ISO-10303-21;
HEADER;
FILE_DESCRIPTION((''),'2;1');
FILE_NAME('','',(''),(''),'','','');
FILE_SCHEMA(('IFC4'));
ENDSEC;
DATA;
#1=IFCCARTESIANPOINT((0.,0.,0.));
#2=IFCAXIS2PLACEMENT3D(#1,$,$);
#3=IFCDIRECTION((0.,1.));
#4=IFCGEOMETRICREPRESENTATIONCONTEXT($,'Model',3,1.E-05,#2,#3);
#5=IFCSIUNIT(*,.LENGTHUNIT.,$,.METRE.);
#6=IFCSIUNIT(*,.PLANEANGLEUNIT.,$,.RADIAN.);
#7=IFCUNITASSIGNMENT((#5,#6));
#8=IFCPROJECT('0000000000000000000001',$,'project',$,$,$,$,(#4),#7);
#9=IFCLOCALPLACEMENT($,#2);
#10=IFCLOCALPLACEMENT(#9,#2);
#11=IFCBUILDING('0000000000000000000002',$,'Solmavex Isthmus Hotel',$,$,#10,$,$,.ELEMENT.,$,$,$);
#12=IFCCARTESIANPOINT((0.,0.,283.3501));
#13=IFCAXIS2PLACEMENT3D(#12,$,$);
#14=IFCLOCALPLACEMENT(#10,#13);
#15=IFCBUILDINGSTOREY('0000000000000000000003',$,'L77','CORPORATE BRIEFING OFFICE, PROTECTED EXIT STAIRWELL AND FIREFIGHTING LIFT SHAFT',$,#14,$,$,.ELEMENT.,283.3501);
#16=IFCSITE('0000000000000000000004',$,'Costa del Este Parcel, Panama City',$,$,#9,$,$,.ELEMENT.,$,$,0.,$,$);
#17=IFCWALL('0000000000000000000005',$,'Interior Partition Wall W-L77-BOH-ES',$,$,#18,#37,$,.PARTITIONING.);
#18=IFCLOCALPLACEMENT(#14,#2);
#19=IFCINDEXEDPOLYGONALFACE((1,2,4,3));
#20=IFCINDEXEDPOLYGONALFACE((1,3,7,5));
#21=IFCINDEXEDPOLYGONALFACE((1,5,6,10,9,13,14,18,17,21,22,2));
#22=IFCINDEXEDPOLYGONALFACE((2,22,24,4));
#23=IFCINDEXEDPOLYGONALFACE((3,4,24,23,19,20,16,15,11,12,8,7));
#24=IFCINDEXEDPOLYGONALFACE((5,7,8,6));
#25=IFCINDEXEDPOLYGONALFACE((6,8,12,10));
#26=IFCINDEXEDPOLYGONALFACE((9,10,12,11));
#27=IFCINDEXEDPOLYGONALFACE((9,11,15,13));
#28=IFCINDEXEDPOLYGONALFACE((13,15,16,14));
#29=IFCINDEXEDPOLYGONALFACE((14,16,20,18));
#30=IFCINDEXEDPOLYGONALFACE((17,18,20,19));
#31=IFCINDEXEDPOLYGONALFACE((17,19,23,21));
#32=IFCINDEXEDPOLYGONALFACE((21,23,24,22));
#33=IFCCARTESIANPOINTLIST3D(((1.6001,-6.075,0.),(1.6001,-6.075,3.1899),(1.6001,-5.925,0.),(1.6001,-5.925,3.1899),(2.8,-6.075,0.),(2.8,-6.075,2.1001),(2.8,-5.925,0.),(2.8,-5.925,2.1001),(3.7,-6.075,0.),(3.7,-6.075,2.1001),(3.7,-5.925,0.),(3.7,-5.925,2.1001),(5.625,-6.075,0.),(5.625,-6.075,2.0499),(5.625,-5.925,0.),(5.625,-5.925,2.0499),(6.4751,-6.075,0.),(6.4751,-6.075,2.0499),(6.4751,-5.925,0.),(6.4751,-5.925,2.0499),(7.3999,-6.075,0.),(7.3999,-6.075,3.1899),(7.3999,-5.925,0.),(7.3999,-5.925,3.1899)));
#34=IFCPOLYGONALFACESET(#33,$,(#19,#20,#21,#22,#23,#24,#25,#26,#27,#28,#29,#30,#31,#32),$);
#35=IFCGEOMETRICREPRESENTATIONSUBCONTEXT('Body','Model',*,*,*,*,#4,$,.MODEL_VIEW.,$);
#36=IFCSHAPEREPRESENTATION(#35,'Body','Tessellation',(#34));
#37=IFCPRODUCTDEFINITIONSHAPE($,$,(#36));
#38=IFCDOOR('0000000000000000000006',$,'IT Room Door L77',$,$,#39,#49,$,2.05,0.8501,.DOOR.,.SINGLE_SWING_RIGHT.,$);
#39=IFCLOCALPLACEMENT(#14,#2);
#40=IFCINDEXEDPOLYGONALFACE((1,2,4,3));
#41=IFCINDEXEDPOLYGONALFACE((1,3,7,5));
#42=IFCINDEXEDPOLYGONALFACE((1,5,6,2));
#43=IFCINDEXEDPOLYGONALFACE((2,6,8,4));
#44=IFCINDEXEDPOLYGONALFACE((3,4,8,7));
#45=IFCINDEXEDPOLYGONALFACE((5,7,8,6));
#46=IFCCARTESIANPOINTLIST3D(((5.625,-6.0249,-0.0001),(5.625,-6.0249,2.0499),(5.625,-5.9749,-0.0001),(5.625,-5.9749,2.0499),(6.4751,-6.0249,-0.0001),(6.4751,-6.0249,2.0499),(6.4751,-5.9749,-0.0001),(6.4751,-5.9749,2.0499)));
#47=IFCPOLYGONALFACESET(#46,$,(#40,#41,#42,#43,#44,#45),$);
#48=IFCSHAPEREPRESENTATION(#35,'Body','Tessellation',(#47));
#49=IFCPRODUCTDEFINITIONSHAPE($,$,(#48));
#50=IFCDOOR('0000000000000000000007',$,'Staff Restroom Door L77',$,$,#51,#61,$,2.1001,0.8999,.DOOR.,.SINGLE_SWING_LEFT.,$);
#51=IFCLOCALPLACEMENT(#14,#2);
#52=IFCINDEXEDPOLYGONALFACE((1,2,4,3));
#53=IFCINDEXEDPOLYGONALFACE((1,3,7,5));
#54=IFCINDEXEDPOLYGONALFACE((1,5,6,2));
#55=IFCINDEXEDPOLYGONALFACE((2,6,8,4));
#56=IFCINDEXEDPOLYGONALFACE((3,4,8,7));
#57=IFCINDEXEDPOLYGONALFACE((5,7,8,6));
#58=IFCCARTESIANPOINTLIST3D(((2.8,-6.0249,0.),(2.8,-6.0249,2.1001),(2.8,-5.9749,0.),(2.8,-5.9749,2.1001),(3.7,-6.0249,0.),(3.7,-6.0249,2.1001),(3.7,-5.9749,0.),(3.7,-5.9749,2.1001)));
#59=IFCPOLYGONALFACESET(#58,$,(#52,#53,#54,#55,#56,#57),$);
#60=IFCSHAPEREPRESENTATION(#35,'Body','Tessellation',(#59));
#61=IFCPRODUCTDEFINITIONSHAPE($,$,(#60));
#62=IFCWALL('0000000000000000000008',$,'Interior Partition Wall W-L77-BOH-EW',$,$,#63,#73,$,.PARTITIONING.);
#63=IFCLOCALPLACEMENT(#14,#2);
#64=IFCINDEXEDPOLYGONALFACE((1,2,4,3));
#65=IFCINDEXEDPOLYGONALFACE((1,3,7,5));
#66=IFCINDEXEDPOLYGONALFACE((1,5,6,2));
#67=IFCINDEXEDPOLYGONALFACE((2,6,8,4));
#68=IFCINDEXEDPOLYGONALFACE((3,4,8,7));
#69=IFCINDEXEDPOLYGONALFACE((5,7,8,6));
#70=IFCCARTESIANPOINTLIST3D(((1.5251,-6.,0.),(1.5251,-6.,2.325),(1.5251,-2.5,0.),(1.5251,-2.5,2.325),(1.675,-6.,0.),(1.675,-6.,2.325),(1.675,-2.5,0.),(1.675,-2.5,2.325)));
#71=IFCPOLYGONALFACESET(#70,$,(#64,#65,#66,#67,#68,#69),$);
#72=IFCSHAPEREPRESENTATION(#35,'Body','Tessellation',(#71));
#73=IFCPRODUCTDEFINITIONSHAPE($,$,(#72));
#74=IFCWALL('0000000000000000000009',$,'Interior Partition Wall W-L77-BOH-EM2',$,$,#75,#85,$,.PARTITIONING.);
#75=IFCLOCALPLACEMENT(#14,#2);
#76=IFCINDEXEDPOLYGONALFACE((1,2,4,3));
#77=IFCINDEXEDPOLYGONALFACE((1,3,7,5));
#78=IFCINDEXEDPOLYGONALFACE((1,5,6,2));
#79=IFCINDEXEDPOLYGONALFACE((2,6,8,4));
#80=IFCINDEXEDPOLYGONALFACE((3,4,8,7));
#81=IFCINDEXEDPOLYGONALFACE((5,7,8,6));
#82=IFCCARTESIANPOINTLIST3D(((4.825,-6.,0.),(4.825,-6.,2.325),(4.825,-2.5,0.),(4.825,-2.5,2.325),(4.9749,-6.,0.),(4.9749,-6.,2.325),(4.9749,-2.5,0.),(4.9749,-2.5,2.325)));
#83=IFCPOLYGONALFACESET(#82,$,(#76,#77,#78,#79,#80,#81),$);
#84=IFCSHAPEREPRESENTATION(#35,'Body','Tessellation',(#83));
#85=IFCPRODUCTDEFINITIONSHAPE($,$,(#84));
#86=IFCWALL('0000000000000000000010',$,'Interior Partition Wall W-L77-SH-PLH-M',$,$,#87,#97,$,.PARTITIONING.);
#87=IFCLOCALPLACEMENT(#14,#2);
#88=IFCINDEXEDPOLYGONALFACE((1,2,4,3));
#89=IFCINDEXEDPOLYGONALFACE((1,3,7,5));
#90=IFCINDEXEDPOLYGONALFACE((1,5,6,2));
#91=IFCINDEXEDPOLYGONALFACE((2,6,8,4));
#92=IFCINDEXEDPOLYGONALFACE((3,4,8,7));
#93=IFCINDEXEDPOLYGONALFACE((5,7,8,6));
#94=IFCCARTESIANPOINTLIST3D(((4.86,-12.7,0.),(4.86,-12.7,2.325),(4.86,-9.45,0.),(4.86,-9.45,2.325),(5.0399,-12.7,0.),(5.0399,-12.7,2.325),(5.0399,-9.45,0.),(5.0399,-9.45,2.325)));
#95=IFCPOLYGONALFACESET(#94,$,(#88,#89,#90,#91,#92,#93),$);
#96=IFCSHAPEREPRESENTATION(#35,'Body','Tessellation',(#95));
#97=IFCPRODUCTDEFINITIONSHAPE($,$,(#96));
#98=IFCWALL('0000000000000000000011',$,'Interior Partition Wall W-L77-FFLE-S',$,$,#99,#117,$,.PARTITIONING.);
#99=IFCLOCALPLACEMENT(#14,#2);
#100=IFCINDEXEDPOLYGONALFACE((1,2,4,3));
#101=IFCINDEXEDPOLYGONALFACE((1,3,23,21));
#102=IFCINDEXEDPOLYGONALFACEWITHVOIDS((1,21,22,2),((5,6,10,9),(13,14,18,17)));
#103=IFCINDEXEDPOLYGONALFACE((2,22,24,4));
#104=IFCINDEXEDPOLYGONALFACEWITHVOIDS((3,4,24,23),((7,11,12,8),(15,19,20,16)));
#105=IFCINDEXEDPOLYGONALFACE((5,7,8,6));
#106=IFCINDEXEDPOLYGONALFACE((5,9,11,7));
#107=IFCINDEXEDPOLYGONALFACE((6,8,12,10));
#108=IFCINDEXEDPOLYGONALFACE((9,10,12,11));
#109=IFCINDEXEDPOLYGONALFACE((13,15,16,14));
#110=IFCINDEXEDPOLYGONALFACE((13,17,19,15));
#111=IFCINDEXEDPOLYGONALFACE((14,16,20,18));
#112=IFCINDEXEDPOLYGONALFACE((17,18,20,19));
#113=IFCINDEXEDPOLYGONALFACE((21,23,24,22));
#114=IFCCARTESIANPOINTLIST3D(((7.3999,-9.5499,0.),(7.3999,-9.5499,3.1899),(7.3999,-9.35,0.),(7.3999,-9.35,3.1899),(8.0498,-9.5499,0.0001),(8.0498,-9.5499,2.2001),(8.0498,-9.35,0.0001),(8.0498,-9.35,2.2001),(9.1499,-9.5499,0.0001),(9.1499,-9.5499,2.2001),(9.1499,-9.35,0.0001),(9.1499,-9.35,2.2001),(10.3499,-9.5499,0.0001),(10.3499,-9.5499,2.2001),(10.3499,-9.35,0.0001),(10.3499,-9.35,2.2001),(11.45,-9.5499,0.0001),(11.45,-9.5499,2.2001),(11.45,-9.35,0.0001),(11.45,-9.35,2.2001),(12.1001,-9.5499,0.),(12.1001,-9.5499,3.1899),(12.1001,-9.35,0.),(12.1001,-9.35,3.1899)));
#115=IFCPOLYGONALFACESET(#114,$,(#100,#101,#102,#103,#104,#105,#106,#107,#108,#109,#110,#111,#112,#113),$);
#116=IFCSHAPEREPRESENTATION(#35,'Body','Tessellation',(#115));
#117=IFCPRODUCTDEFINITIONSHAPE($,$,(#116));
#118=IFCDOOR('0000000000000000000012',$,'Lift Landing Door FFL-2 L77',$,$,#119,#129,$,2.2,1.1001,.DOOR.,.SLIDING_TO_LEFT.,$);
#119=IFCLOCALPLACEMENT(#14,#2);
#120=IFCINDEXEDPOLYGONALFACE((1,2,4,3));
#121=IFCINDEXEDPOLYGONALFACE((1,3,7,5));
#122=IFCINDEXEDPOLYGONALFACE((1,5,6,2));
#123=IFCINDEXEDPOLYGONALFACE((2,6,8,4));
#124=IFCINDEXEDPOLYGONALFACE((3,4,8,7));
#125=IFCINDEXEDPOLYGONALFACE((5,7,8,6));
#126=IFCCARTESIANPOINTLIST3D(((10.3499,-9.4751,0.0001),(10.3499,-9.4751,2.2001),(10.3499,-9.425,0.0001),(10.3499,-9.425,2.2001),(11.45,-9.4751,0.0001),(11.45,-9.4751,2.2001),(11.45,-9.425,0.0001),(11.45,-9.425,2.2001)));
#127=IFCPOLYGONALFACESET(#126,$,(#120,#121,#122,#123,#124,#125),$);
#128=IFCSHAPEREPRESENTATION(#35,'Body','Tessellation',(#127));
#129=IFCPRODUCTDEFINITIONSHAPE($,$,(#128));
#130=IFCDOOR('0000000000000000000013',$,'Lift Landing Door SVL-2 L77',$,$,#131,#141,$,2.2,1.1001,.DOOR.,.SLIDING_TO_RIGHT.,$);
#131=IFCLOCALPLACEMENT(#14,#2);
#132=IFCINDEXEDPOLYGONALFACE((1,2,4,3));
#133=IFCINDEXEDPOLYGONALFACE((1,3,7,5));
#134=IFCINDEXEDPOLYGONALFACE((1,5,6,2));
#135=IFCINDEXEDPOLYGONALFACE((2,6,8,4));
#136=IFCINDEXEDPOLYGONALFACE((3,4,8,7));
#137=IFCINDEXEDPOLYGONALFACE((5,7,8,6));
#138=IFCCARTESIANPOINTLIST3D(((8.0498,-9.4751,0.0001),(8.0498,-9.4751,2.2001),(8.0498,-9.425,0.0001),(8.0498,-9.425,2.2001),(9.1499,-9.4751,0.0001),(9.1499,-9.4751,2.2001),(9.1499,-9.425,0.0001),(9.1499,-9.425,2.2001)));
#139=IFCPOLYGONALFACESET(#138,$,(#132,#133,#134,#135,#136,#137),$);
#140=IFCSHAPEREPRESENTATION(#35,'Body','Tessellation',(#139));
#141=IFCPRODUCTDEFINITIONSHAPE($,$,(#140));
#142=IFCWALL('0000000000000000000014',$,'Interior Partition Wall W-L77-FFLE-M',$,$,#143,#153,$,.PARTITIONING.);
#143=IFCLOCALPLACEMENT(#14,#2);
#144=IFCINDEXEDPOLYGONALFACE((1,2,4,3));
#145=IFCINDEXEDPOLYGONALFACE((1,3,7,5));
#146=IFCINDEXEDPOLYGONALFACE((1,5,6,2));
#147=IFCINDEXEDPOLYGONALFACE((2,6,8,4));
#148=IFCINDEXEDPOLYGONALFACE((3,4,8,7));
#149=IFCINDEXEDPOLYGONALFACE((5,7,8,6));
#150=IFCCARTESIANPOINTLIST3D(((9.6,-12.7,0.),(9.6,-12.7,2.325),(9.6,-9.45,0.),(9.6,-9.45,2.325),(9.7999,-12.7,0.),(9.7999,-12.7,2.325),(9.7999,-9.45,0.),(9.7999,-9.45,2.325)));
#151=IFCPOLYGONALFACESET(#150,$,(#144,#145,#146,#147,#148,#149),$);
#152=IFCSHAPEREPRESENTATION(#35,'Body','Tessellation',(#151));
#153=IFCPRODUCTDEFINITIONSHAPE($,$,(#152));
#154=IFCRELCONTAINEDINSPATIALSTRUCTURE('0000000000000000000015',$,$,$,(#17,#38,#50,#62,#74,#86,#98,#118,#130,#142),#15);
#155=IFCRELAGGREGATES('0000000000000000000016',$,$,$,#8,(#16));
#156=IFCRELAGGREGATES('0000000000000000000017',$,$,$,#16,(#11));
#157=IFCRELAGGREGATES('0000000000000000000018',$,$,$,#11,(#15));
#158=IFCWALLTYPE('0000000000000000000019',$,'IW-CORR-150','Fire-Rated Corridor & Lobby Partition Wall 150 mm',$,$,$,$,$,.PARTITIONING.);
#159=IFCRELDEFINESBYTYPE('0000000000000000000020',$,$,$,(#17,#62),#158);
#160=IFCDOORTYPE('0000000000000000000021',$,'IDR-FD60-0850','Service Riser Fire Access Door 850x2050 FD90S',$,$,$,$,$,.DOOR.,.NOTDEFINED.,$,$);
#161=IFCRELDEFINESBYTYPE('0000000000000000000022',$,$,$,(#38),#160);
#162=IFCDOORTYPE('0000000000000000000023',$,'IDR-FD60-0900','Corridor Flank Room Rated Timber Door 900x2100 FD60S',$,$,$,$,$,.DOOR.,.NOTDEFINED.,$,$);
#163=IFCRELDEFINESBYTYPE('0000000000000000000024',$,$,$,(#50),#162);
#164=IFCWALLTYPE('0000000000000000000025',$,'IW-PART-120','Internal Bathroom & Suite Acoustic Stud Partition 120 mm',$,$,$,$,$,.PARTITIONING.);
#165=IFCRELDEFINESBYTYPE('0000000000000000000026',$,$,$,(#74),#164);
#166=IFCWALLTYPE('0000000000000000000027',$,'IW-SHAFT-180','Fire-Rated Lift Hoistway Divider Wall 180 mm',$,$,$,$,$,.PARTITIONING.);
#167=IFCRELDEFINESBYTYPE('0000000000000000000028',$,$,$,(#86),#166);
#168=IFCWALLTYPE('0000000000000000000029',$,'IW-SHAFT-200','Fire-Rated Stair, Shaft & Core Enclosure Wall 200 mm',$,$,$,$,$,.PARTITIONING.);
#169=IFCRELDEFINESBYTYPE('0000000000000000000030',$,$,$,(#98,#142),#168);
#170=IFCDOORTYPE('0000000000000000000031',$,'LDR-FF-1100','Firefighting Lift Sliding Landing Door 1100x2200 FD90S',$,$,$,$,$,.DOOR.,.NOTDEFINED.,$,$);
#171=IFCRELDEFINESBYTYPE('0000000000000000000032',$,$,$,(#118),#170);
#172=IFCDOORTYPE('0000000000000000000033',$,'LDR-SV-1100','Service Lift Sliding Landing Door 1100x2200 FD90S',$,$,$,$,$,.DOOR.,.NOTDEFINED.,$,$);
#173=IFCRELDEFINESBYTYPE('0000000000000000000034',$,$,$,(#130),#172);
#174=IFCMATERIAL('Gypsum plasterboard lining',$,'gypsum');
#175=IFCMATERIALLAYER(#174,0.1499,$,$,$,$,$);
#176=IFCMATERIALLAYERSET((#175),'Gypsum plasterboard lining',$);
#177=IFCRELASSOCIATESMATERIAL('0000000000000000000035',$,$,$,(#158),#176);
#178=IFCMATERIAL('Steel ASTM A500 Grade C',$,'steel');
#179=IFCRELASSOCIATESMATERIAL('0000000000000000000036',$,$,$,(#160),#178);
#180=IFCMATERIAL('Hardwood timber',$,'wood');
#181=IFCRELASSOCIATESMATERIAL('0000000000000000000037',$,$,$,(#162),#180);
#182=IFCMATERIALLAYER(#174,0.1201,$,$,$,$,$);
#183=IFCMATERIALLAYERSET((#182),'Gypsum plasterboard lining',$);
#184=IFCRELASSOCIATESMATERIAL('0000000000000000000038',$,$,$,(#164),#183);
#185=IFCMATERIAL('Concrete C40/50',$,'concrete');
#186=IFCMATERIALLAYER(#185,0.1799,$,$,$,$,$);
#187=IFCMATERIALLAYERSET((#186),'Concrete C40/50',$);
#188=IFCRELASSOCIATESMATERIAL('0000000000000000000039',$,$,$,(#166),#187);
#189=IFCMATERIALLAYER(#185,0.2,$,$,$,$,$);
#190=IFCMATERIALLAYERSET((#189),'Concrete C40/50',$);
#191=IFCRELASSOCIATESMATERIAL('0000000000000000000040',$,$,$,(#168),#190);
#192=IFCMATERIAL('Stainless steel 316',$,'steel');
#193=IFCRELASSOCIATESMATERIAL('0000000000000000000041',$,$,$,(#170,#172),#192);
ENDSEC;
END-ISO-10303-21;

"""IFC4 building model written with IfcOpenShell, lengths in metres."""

from ifc_helpers import new_model, si_unit, direction, frame, frame_2d, origin, place, context, subcontext, project, spatial, rectangle, extrude, material, layer, layer_set, type_object, element, fill, save


model = new_model("IFC4")

# Units and contexts
model_context = context("Model", 3, precision=1e-05, world=origin(), true_north=direction((0.0, 1.0)))
body_context = subcontext(model_context, "Body", "Model", "MODEL_VIEW")
ifc_project = project(units=[si_unit("LENGTHUNIT", "METRE"), si_unit("PLANEANGLEUNIT", "RADIAN")], contexts=[model_context])

# Site, building, storey
site_placement = place(None, origin())
site = spatial("IfcSite", under=ifc_project, at=site_placement, Name="Costa del Este Parcel, Panama City", CompositionType="ELEMENT", RefElevation=0.0)
building_placement = place(site_placement, origin())
building = spatial("IfcBuilding", under=site, at=building_placement, Name="Solmavex Isthmus Hotel", CompositionType="ELEMENT")
storey_placement = place(building_placement, frame((0.0, 0.0, 283.3501)))
storey = spatial("IfcBuildingStorey", under=building, at=storey_placement, Name="L77", Description="CORPORATE BRIEFING OFFICE, PROTECTED EXIT STAIRWELL AND FIREFIGHTING LIFT SHAFT", CompositionType="ELEMENT", Elevation=283.3501)

# Shared definitions
ifc_material_1 = material(Name="Concrete C40/50", Category="concrete")

# Shared definitions
ifc_material_2 = material(Name="Gypsum plasterboard lining", Category="gypsum")

# Wall, openings, doors
ifc_layer_1 = layer(ifc_material_2, 0.1499)
ifc_layer_set_1 = layer_set([ifc_layer_1], Name="Gypsum plasterboard lining")
wall_type_1 = type_object("IfcWallType", Name="IW-CORR-150", Description="Fire-Rated Corridor & Lobby Partition Wall 150 mm", PredefinedType="PARTITIONING", material=ifc_layer_set_1)
wall_1_placement = place(storey_placement, frame((1.6001, -6.0, 0.0), z_axis=(0.0, 0.0, 1.0), x_axis=(1.0, 0.0, 0.0)))
wall_1 = element("IfcWall", 1, at=wall_1_placement, inside=storey, type_object=wall_type_1, Name="Interior Partition Wall W-L77-BOH-ES", PredefinedType="PARTITIONING", context=body_context, shape_type="SweptSolid", body=[
    extrude(rectangle(XDim=5.7998, YDim=0.1499, at=frame_2d((2.8999, 0.0))), origin(), (0.0, 0.0, 1.0), 3.1899),
])
opening_1_placement = place(wall_1_placement, frame((1.2, 0.0, 0.0)))
opening_1 = element("IfcOpeningElement", 2, at=opening_1_placement, cuts=wall_1, PredefinedType="OPENING", context=body_context, shape_type="SweptSolid", body=[
    extrude(rectangle(XDim=0.8999, YDim=2.1001, at=frame_2d((0.45, 1.05))), frame((0.0, 0.085, 0.0), z_axis=(0.0, -1.0, 0.0), x_axis=(1.0, 0.0, 0.0)), (0.0, 0.0, 1.0), 0.1699),
])
opening_2_placement = place(wall_1_placement, frame((4.0249, 0.0, 0.0)))
opening_2 = element("IfcOpeningElement", 3, at=opening_2_placement, cuts=wall_1, PredefinedType="OPENING", context=body_context, shape_type="SweptSolid", body=[
    extrude(rectangle(XDim=0.8501, YDim=2.05, at=frame_2d((0.425, 1.0249))), frame((0.0, 0.085, 0.0), z_axis=(0.0, -1.0, 0.0), x_axis=(1.0, 0.0, 0.0)), (0.0, 0.0, 1.0), 0.1699),
])
ifc_material_3 = material(Name="Steel ASTM A500 Grade C", Category="steel")
door_type_1 = type_object("IfcDoorType", Name="IDR-FD60-0850", Description="Service Riser Fire Access Door 850x2050 FD90S", OperationType="NOTDEFINED", PredefinedType="DOOR", material=ifc_material_3)
door_1_placement = place(opening_2_placement, frame((0.8501, 0.0, 0.0), z_axis=(0.0, 0.0, 1.0), x_axis=(-1.0, 0.0, 0.0)))
door_1 = element("IfcDoor", 4, at=door_1_placement, inside=storey, type_object=door_type_1, Name="IT Room Door L77", OperationType="SINGLE_SWING_RIGHT", OverallHeight=2.05, OverallWidth=0.8501, PredefinedType="DOOR", context=body_context, shape_type="SweptSolid", body=[
    extrude(rectangle(XDim=0.8501, YDim=2.05, at=frame_2d((0.425, 1.0249))), frame((0.0, 0.0249, 0.0), z_axis=(0.0, -1.0, 0.0), x_axis=(1.0, 0.0, 0.0)), (0.0, 0.0, 1.0), 0.05),
])
fill(opening_2, door_1)
ifc_material_4 = material(Name="Hardwood timber", Category="wood")
door_type_2 = type_object("IfcDoorType", Name="IDR-FD60-0900", Description="Corridor Flank Room Rated Timber Door 900x2100 FD60S", OperationType="NOTDEFINED", PredefinedType="DOOR", material=ifc_material_4)
door_2_placement = place(opening_1_placement, frame((0.8999, 0.0, 0.0), z_axis=(0.0, 0.0, 1.0), x_axis=(-1.0, 0.0, 0.0)))
door_2 = element("IfcDoor", 5, at=door_2_placement, inside=storey, type_object=door_type_2, Name="Staff Restroom Door L77", OperationType="SINGLE_SWING_LEFT", OverallHeight=2.1001, OverallWidth=0.8999, PredefinedType="DOOR", context=body_context, shape_type="SweptSolid", body=[
    extrude(rectangle(XDim=0.8999, YDim=2.1001, at=frame_2d((0.45, 1.05))), frame((0.0, 0.0249, 0.0), z_axis=(0.0, -1.0, 0.0), x_axis=(1.0, 0.0, 0.0)), (0.0, 0.0, 1.0), 0.05),
])
fill(opening_1, door_2)

# Walls
wall_2_placement = place(storey_placement, frame((1.6001, -6.0, 0.0), z_axis=(0.0, 0.0, 1.0), x_axis=(0.0, 1.0, 0.0)))
element("IfcWall", 6, at=wall_2_placement, inside=storey, type_object=wall_type_1, Name="Interior Partition Wall W-L77-BOH-EW", PredefinedType="PARTITIONING", context=body_context, shape_type="SweptSolid", body=[
    extrude(rectangle(XDim=3.5, YDim=0.1499, at=frame_2d((1.75, 0.0))), origin(), (0.0, 0.0, 1.0), 2.325),
])
ifc_layer_2 = layer(ifc_material_2, 0.1201)
ifc_layer_set_2 = layer_set([ifc_layer_2], Name="Gypsum plasterboard lining")
wall_type_2 = type_object("IfcWallType", Name="IW-PART-120", Description="Internal Bathroom & Suite Acoustic Stud Partition 120 mm", PredefinedType="PARTITIONING", material=ifc_layer_set_2)
wall_3_placement = place(storey_placement, frame((4.8999, -6.0, 0.0), z_axis=(0.0, 0.0, 1.0), x_axis=(0.0, 1.0, 0.0)))
element("IfcWall", 7, at=wall_3_placement, inside=storey, type_object=wall_type_2, Name="Interior Partition Wall W-L77-BOH-EM2", PredefinedType="PARTITIONING", context=body_context, shape_type="SweptSolid", body=[
    extrude(rectangle(XDim=3.5, YDim=0.1499, at=frame_2d((1.75, 0.0))), origin(), (0.0, 0.0, 1.0), 2.325),
])
ifc_layer_3 = layer(ifc_material_1, 0.1799)
ifc_layer_set_3 = layer_set([ifc_layer_3], Name="Concrete C40/50")
wall_type_3 = type_object("IfcWallType", Name="IW-SHAFT-180", Description="Fire-Rated Lift Hoistway Divider Wall 180 mm", PredefinedType="PARTITIONING", material=ifc_layer_set_3)
wall_4_placement = place(storey_placement, frame((4.95, -12.7, 0.0), z_axis=(0.0, 0.0, 1.0), x_axis=(0.0, 1.0, 0.0)))
element("IfcWall", 8, at=wall_4_placement, inside=storey, type_object=wall_type_3, Name="Interior Partition Wall W-L77-SH-PLH-M", PredefinedType="PARTITIONING", context=body_context, shape_type="SweptSolid", body=[
    extrude(rectangle(XDim=3.25, YDim=0.1799, at=frame_2d((1.625, 0.0))), origin(), (0.0, 0.0, 1.0), 2.325),
])

# Wall, openings, doors
ifc_layer_4 = layer(ifc_material_1, 0.2)
ifc_layer_set_4 = layer_set([ifc_layer_4], Name="Concrete C40/50")
wall_type_4 = type_object("IfcWallType", Name="IW-SHAFT-200", Description="Fire-Rated Stair, Shaft & Core Enclosure Wall 200 mm", PredefinedType="PARTITIONING", material=ifc_layer_set_4)
wall_5_placement = place(storey_placement, frame((7.3999, -9.45, 0.0), z_axis=(0.0, 0.0, 1.0), x_axis=(1.0, 0.0, 0.0)))
wall_5 = element("IfcWall", 9, at=wall_5_placement, inside=storey, type_object=wall_type_4, Name="Interior Partition Wall W-L77-FFLE-S", PredefinedType="PARTITIONING", context=body_context, shape_type="SweptSolid", body=[
    extrude(rectangle(XDim=4.7002, YDim=0.2, at=frame_2d((2.3501, 0.0))), origin(), (0.0, 0.0, 1.0), 3.1899),
])
opening_3_placement = place(wall_5_placement, frame((2.95, 0.0, 0.0)))
opening_3 = element("IfcOpeningElement", 10, at=opening_3_placement, cuts=wall_5, PredefinedType="OPENING", context=body_context, shape_type="SweptSolid", body=[
    extrude(rectangle(XDim=1.1001, YDim=2.2, at=frame_2d((0.55, 1.1001))), frame((0.0, 0.1099, 0.0), z_axis=(0.0, -1.0, 0.0), x_axis=(1.0, 0.0, 0.0)), (0.0, 0.0, 1.0), 0.22),
])
opening_4_placement = place(wall_5_placement, frame((0.6499, 0.0, 0.0)))
opening_4 = element("IfcOpeningElement", 11, at=opening_4_placement, cuts=wall_5, PredefinedType="OPENING", context=body_context, shape_type="SweptSolid", body=[
    extrude(rectangle(XDim=1.1001, YDim=2.2, at=frame_2d((0.55, 1.1001))), frame((0.0, 0.1099, 0.0), z_axis=(0.0, -1.0, 0.0), x_axis=(1.0, 0.0, 0.0)), (0.0, 0.0, 1.0), 0.22),
])
ifc_material_5 = material(Name="Stainless steel 316", Category="steel")
door_type_3 = type_object("IfcDoorType", Name="LDR-FF-1100", Description="Firefighting Lift Sliding Landing Door 1100x2200 FD90S", OperationType="NOTDEFINED", PredefinedType="DOOR", material=ifc_material_5)
door_3_placement = place(opening_3_placement, origin())
door_3 = element("IfcDoor", 12, at=door_3_placement, inside=storey, type_object=door_type_3, Name="Lift Landing Door FFL-2 L77", OperationType="SLIDING_TO_LEFT", OverallHeight=2.2, OverallWidth=1.1001, PredefinedType="DOOR", context=body_context, shape_type="SweptSolid", body=[
    extrude(rectangle(XDim=1.1001, YDim=2.2, at=frame_2d((0.55, 1.1001))), frame((0.0, 0.0249, 0.0), z_axis=(0.0, -1.0, 0.0), x_axis=(1.0, 0.0, 0.0)), (0.0, 0.0, 1.0), 0.05),
])
fill(opening_3, door_3)
door_type_4 = type_object("IfcDoorType", Name="LDR-SV-1100", Description="Service Lift Sliding Landing Door 1100x2200 FD90S", OperationType="NOTDEFINED", PredefinedType="DOOR", material=ifc_material_5)
door_4_placement = place(opening_4_placement, origin())
door_4 = element("IfcDoor", 13, at=door_4_placement, inside=storey, type_object=door_type_4, Name="Lift Landing Door SVL-2 L77", OperationType="SLIDING_TO_RIGHT", OverallHeight=2.2, OverallWidth=1.1001, PredefinedType="DOOR", context=body_context, shape_type="SweptSolid", body=[
    extrude(rectangle(XDim=1.1001, YDim=2.2, at=frame_2d((0.55, 1.1001))), frame((0.0, 0.0249, 0.0), z_axis=(0.0, -1.0, 0.0), x_axis=(1.0, 0.0, 0.0)), (0.0, 0.0, 1.0), 0.05),
])
fill(opening_4, door_4)

# Wall
wall_6_placement = place(storey_placement, frame((9.7, -12.7, 0.0), z_axis=(0.0, 0.0, 1.0), x_axis=(0.0, 1.0, 0.0)))
element("IfcWall", 14, at=wall_6_placement, inside=storey, type_object=wall_type_4, Name="Interior Partition Wall W-L77-FFLE-M", PredefinedType="PARTITIONING", context=body_context, shape_type="SweptSolid", body=[
    extrude(rectangle(XDim=3.25, YDim=0.2, at=frame_2d((1.625, 0.0))), origin(), (0.0, 0.0, 1.0), 2.325),
])

save(model, "model.ifc")
